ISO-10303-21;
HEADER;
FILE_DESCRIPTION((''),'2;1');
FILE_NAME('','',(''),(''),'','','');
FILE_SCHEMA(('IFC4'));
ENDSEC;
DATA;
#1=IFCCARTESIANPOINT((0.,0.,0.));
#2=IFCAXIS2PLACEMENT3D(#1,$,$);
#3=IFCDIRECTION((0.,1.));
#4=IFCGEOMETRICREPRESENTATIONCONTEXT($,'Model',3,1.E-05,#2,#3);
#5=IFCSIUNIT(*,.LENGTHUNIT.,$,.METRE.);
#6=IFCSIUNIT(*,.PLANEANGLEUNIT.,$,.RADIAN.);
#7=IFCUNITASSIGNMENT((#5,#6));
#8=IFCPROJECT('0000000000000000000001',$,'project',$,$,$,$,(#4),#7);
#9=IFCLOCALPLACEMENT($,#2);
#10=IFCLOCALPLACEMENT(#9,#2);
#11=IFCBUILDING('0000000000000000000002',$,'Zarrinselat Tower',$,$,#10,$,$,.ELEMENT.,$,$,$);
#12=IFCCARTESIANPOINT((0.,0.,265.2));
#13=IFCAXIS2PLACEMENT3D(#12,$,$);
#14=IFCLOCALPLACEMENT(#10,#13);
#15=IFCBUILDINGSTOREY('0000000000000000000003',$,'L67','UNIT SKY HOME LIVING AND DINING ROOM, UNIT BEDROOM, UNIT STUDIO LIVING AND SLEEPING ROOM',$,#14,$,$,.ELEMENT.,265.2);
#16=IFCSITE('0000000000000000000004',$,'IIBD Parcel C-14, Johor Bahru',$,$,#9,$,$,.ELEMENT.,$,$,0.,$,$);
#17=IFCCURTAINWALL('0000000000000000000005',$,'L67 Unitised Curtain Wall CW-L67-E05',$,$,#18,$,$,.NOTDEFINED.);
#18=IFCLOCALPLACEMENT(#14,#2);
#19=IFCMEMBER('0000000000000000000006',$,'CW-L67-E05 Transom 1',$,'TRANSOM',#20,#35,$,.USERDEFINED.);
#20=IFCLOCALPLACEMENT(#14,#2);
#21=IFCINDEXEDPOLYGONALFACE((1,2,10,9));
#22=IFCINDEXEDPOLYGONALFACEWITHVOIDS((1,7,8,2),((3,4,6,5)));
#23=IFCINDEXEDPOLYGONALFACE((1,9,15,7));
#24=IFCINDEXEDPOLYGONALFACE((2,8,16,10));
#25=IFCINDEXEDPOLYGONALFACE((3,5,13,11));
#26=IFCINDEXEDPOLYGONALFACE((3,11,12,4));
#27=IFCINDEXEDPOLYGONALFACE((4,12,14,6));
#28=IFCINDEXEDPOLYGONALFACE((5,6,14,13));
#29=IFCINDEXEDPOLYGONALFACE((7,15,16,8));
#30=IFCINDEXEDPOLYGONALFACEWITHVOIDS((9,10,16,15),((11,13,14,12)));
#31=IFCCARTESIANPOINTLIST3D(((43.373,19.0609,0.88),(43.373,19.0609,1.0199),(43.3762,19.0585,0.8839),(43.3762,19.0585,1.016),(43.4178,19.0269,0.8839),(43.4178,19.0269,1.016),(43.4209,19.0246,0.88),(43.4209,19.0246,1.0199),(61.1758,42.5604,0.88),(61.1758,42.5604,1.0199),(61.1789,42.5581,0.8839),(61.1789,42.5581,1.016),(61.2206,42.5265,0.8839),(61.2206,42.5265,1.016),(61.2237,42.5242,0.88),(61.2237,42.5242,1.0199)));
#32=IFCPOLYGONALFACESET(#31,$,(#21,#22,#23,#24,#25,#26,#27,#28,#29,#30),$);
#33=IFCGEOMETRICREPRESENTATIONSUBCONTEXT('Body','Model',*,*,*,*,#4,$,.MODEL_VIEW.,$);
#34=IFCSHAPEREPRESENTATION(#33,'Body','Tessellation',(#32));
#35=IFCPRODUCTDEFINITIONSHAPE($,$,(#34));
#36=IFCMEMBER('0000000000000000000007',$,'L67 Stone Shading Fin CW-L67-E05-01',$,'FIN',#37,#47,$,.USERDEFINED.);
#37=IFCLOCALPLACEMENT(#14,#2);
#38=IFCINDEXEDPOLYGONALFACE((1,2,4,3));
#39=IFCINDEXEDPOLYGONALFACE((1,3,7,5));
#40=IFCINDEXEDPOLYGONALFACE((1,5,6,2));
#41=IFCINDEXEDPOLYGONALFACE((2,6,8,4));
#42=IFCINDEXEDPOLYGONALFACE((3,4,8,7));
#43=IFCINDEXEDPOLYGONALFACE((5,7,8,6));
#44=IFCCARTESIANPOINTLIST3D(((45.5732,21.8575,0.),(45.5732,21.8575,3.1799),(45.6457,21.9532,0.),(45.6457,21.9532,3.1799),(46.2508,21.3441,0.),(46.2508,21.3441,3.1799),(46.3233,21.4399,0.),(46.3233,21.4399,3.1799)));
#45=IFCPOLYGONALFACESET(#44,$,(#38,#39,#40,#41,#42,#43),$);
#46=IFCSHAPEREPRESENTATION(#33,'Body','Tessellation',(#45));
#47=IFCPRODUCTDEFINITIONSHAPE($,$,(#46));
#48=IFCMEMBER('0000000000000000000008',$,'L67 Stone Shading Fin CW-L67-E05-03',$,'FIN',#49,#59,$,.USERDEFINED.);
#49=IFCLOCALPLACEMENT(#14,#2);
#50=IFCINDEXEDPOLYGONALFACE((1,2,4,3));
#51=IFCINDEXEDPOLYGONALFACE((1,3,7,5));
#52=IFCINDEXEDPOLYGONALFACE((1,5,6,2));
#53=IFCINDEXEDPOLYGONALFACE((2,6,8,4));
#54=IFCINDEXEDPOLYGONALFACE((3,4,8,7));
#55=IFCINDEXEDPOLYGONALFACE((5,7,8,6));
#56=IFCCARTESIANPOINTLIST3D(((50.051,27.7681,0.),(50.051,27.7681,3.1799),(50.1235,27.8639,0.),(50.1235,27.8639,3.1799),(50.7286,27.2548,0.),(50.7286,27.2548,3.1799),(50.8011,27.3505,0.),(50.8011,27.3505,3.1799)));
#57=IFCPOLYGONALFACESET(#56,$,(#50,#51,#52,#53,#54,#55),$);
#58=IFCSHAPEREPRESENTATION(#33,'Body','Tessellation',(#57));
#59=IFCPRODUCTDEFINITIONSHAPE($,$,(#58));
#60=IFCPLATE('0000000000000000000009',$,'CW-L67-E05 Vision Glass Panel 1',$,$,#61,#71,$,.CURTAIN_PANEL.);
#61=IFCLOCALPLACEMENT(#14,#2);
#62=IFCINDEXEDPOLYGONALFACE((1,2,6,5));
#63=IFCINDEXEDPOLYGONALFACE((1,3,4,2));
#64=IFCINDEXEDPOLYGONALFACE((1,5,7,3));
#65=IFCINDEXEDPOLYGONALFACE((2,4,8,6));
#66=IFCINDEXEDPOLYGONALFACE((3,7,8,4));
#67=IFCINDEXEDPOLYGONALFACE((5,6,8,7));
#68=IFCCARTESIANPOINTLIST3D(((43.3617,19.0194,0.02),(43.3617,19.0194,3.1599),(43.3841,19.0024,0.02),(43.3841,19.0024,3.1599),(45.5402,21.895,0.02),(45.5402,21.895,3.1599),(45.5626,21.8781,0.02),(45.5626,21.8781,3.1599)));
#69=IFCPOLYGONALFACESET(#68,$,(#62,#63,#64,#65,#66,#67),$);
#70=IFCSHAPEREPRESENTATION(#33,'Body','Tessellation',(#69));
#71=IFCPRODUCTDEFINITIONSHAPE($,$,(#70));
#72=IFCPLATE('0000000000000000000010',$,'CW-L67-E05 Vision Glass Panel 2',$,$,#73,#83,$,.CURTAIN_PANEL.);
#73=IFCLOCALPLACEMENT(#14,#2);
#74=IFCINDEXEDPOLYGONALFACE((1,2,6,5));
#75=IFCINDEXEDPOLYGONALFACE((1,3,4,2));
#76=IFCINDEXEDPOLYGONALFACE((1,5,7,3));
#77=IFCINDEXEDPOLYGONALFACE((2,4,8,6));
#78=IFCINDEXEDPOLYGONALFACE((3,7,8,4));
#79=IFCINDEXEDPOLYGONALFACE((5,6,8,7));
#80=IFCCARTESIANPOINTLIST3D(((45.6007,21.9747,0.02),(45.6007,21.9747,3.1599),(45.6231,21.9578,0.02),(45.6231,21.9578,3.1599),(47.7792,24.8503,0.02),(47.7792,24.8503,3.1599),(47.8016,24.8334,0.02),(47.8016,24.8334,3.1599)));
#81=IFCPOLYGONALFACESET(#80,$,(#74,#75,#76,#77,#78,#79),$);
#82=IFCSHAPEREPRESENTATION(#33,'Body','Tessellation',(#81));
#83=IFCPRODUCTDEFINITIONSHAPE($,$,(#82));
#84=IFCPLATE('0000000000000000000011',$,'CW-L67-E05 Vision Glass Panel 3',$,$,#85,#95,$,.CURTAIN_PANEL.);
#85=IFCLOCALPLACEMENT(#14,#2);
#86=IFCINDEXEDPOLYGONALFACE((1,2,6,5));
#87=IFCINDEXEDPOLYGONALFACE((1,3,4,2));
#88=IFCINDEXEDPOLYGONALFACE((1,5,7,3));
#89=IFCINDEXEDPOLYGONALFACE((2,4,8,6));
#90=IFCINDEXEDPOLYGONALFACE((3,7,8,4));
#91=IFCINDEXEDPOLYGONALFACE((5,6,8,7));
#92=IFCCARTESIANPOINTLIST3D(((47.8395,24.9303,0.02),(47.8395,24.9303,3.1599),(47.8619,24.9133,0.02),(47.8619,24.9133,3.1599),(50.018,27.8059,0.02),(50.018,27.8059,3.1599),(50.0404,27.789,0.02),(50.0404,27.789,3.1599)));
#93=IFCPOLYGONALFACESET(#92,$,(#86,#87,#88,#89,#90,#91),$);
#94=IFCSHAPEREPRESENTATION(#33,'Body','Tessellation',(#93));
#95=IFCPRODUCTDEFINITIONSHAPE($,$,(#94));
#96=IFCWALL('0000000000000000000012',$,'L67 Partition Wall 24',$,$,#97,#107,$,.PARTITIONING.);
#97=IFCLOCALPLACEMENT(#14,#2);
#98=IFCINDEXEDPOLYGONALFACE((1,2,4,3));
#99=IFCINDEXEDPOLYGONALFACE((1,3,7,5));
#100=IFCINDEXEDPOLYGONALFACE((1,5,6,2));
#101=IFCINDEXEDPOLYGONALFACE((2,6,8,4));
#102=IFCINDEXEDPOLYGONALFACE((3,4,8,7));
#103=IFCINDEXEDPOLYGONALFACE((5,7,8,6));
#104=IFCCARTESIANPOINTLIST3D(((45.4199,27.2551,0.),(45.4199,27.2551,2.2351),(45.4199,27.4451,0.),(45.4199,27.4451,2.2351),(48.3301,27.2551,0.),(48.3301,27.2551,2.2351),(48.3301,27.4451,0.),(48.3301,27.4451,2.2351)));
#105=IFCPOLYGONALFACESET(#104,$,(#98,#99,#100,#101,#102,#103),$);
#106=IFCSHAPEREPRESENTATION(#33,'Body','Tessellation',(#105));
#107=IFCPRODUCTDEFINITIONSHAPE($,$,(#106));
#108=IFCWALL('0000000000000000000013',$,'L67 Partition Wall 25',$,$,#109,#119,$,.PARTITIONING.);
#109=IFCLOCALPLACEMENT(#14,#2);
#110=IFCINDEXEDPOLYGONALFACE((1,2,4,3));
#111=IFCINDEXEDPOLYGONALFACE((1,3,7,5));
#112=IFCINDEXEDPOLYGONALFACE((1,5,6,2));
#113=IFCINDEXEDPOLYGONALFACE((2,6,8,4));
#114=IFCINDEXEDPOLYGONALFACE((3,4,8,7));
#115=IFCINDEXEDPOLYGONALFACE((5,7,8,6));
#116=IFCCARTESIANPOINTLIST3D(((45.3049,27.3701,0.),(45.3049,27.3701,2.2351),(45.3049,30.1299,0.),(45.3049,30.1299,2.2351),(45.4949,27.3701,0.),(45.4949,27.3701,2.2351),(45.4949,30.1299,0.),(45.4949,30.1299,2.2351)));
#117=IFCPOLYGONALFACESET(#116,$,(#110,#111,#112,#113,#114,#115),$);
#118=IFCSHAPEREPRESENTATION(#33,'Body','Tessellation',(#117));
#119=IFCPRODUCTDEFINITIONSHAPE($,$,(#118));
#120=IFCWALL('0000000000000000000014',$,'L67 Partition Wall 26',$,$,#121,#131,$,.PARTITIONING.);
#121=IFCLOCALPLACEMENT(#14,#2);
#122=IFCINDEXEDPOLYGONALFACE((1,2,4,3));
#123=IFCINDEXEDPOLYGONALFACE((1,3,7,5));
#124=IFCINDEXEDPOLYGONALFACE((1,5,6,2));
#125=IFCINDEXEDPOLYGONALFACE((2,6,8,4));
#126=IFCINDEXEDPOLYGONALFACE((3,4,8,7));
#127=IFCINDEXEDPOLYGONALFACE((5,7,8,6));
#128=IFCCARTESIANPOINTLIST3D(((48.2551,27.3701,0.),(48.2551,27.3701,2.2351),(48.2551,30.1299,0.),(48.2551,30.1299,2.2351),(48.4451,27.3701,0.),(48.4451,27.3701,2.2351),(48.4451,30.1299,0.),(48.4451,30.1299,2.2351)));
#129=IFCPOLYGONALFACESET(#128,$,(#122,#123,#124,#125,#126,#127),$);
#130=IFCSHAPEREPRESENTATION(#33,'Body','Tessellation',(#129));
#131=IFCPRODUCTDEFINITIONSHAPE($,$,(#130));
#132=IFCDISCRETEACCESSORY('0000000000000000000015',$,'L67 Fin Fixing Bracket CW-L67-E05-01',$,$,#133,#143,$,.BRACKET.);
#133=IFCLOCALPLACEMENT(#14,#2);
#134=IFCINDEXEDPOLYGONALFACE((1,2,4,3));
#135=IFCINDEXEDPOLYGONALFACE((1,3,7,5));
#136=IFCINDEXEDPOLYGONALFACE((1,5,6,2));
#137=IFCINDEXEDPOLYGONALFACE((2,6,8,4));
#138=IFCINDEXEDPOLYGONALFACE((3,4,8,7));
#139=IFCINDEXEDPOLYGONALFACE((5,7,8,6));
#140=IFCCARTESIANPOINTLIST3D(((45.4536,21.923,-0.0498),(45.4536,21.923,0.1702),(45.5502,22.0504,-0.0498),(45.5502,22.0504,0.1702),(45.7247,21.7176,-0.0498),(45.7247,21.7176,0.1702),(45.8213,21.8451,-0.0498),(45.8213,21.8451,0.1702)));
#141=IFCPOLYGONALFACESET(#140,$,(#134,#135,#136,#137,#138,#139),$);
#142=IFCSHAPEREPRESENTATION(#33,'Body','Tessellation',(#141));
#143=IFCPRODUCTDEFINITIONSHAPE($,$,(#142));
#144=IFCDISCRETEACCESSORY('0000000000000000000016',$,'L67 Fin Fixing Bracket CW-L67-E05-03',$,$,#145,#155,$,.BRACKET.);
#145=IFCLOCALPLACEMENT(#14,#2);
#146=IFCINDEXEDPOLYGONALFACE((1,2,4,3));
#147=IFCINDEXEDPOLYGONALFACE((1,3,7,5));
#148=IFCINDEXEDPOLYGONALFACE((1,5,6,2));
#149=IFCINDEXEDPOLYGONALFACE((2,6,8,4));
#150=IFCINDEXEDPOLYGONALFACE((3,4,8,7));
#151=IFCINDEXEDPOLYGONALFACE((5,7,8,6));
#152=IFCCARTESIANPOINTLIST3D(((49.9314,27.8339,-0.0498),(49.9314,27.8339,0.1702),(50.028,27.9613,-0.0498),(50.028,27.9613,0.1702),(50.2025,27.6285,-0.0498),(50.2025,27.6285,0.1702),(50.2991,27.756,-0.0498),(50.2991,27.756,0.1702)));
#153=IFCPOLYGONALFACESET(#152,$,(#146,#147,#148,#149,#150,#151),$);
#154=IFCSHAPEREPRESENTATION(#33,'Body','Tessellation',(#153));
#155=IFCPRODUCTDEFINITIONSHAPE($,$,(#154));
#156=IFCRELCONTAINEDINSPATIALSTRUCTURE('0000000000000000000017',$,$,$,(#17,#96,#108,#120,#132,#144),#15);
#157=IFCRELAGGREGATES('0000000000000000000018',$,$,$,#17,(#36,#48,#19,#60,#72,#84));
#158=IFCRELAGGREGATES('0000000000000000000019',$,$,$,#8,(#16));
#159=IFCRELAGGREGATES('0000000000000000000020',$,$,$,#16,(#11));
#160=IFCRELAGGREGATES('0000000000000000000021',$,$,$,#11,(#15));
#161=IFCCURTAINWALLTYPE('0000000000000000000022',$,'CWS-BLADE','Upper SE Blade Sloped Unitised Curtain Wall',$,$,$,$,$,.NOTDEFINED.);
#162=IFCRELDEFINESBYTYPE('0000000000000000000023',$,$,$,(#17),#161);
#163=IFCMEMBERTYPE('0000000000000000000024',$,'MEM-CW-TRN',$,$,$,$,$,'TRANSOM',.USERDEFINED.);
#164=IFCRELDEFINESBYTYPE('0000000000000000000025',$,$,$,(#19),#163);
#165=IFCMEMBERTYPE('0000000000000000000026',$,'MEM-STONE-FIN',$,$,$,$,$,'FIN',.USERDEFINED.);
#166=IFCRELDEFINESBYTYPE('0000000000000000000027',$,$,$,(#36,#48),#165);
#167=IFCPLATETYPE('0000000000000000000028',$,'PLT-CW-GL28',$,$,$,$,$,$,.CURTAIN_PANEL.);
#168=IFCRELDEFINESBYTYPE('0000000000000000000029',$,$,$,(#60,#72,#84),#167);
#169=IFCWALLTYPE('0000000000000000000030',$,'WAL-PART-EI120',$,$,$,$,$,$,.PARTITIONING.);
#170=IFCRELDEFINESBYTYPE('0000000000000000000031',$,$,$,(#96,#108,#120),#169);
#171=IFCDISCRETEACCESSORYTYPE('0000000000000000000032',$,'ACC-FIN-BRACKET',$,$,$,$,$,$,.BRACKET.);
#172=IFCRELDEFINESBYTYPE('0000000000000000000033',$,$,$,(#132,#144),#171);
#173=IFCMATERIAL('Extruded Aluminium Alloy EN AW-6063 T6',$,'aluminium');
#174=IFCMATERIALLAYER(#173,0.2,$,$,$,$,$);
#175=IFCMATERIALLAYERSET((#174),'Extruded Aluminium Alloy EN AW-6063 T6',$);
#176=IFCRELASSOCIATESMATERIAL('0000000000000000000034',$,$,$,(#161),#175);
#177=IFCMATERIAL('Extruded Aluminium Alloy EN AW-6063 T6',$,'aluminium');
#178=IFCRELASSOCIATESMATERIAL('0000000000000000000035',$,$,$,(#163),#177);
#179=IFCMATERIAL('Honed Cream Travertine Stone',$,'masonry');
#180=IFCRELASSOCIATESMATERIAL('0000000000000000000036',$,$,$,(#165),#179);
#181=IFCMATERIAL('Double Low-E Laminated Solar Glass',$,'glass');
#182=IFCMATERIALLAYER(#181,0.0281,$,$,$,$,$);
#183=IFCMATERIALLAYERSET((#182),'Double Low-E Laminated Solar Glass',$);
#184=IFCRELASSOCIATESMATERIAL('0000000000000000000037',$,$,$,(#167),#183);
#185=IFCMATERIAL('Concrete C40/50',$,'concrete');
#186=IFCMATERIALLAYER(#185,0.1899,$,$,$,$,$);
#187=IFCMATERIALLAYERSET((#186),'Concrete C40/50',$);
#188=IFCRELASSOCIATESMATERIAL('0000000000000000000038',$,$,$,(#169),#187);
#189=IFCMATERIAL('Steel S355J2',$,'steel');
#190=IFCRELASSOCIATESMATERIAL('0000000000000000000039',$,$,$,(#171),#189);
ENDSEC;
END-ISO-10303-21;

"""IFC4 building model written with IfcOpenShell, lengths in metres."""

from ifc_helpers import new_model, si_unit, direction, frame, frame_2d, origin, origin_2d, place, context, subcontext, project, spatial, rectangle, hollow_rectangle, extrude, material, layer, layer_set, material_profile, profile_set, type_object, element, aggregate, save


model = new_model("IFC4")

# Units and contexts
model_context = context("Model", 3, precision=1e-05, world=origin(), true_north=direction((0.0, 1.0)))
body_context = subcontext(model_context, "Body", "Model", "MODEL_VIEW")
ifc_project = project(units=[si_unit("LENGTHUNIT", "METRE"), si_unit("PLANEANGLEUNIT", "RADIAN")], contexts=[model_context])

# Site, building, storey
site_placement = place(None, origin())
site = spatial("IfcSite", under=ifc_project, at=site_placement, Name="IIBD Parcel C-14, Johor Bahru", CompositionType="ELEMENT", RefElevation=0.0)
building_placement = place(site_placement, origin())
building = spatial("IfcBuilding", under=site, at=building_placement, Name="Zarrinselat Tower", CompositionType="ELEMENT")
storey_placement = place(building_placement, frame((0.0, 0.0, 265.2)))
storey = spatial("IfcBuildingStorey", under=building, at=storey_placement, Name="L67", Description="UNIT SKY HOME LIVING AND DINING ROOM, UNIT BEDROOM, UNIT STUDIO LIVING AND SLEEPING ROOM", CompositionType="ELEMENT", Elevation=265.2)

# Curtain wall
ifc_material_1 = material(Name="Extruded Aluminium Alloy EN AW-6063 T6", Category="aluminium")
ifc_layer_1 = layer(ifc_material_1, 0.2)
ifc_layer_set_1 = layer_set([ifc_layer_1], Name="Extruded Aluminium Alloy EN AW-6063 T6")
curtain_wall_type_1 = type_object("IfcCurtainWallType", Name="CWS-BLADE", Description="Upper SE Blade Sloped Unitised Curtain Wall", PredefinedType="NOTDEFINED", material=ifc_layer_set_1)
curtain_wall_1_placement = place(storey_placement, origin())
curtain_wall_1 = element("IfcCurtainWall", 1, at=curtain_wall_1_placement, inside=storey, type_object=curtain_wall_type_1, Name="L67 Unitised Curtain Wall CW-L67-E05", PredefinedType="NOTDEFINED")

# Members
ifc_material_2 = material(Name="Extruded Aluminium Alloy EN AW-6063 T6", Category="aluminium")
ifc_material_profile_1 = material_profile(ifc_material_2, hollow_rectangle(XDim=0.0601, YDim=0.1399, WallThickness=0.0039, at=origin_2d()), Name="RHS 140x60x4")
ifc_profile_set_1 = profile_set([ifc_material_profile_1], Name="Extruded Aluminium Alloy EN AW-6063 T6")
member_type_1 = type_object("IfcMemberType", Name="MEM-CW-TRN", ElementType="TRANSOM", PredefinedType="USERDEFINED", material=ifc_profile_set_1)
member_1_placement = place(storey_placement, frame((43.397, 19.0427, 0.95), z_axis=(0.603859, 0.797091, 0.0), x_axis=(-0.797091, 0.603859, 0.0)))
member_1 = element("IfcMember", 2, at=member_1_placement, type_object=member_type_1, Name="CW-L67-E05 Transom 1", ObjectType="TRANSOM", PredefinedType="USERDEFINED", context=body_context, shape_type="SweptSolid", body=[
    extrude(hollow_rectangle(XDim=0.0601, YDim=0.1399, WallThickness=0.0039, at=origin_2d()), origin(), (0.0, 0.0, 1.0), 29.4817),
])
ifc_material_3 = material(Name="Honed Cream Travertine Stone", Category="masonry")
ifc_material_profile_2 = material_profile(ifc_material_3, rectangle(XDim=0.1201, YDim=0.8501, at=origin_2d()), Name="FIN 850x120")
ifc_profile_set_2 = profile_set([ifc_material_profile_2], Name="Honed Cream Travertine Stone")
member_type_2 = type_object("IfcMemberType", Name="MEM-STONE-FIN", ElementType="FIN", PredefinedType="USERDEFINED", material=ifc_profile_set_2)
member_2_placement = place(storey_placement, frame((45.9482, 21.6487, 0.0), z_axis=(0.0, 0.0, 1.0), x_axis=(-0.60386, -0.797091, 0.0)))
member_2 = element("IfcMember", 3, at=member_2_placement, type_object=member_type_2, Name="L67 Stone Shading Fin CW-L67-E05-01", ObjectType="FIN", PredefinedType="USERDEFINED", context=body_context, shape_type="SweptSolid", body=[
    extrude(rectangle(XDim=0.1201, YDim=0.8501, at=origin_2d()), origin(), (0.0, 0.0, 1.0), 3.1799),
])
member_3_placement = place(storey_placement, frame((50.426, 27.5593, 0.0), z_axis=(0.0, 0.0, 1.0), x_axis=(-0.60386, -0.797091, 0.0)))
member_3 = element("IfcMember", 4, at=member_3_placement, type_object=member_type_2, Name="L67 Stone Shading Fin CW-L67-E05-03", ObjectType="FIN", PredefinedType="USERDEFINED", context=body_context, shape_type="SweptSolid", body=[
    extrude(rectangle(XDim=0.1201, YDim=0.8501, at=origin_2d()), origin(), (0.0, 0.0, 1.0), 3.1799),
])

# Plates
ifc_material_4 = material(Name="Double Low-E Laminated Solar Glass", Category="glass")
ifc_layer_2 = layer(ifc_material_4, 0.0281)
ifc_layer_set_2 = layer_set([ifc_layer_2], Name="Double Low-E Laminated Solar Glass")
plate_type = type_object("IfcPlateType", Name="PLT-CW-GL28", PredefinedType="CURTAIN_PANEL", material=ifc_layer_set_2)
plate_1_placement = place(storey_placement, frame((44.4622, 20.4487, 0.02), z_axis=(0.0, 0.0, 1.0), x_axis=(0.60386, 0.797091, 0.0)))
plate_1 = element("IfcPlate", 5, at=plate_1_placement, type_object=plate_type, Name="CW-L67-E05 Vision Glass Panel 1", PredefinedType="CURTAIN_PANEL", context=body_context, shape_type="SweptSolid", body=[
    extrude(rectangle(XDim=3.6077, YDim=0.0281, at=origin_2d()), origin(), (0.0, 0.0, 1.0), 3.1399),
])
plate_2_placement = place(storey_placement, frame((46.7012, 23.4041, 0.02), z_axis=(0.0, 0.0, 1.0), x_axis=(0.60386, 0.797091, 0.0)))
plate_2 = element("IfcPlate", 6, at=plate_2_placement, type_object=plate_type, Name="CW-L67-E05 Vision Glass Panel 2", PredefinedType="CURTAIN_PANEL", context=body_context, shape_type="SweptSolid", body=[
    extrude(rectangle(XDim=3.6077, YDim=0.0281, at=origin_2d()), origin(), (0.0, 0.0, 1.0), 3.1399),
])
plate_3_placement = place(storey_placement, frame((48.9399, 26.3596, 0.02), z_axis=(0.0, 0.0, 1.0), x_axis=(0.60386, 0.797091, 0.0)))
plate_3 = element("IfcPlate", 7, at=plate_3_placement, type_object=plate_type, Name="CW-L67-E05 Vision Glass Panel 3", PredefinedType="CURTAIN_PANEL", context=body_context, shape_type="SweptSolid", body=[
    extrude(rectangle(XDim=3.6077, YDim=0.0281, at=origin_2d()), origin(), (0.0, 0.0, 1.0), 3.1399),
])
aggregate(curtain_wall_1, [member_2, member_3, member_1, plate_1, plate_2, plate_3])

# Walls
ifc_material_5 = material(Name="Concrete C40/50", Category="concrete")
ifc_layer_3 = layer(ifc_material_5, 0.1899)
ifc_layer_set_3 = layer_set([ifc_layer_3], Name="Concrete C40/50")
wall_type = type_object("IfcWallType", Name="WAL-PART-EI120", PredefinedType="PARTITIONING", material=ifc_layer_set_3)
wall_placement = place(storey_placement, frame((45.4199, 27.3501, 0.0), z_axis=(0.0, 0.0, 1.0), x_axis=(1.0, 0.0, 0.0)))
element("IfcWall", 8, at=wall_placement, inside=storey, type_object=wall_type, Name="L67 Partition Wall 24", PredefinedType="PARTITIONING", context=body_context, shape_type="SweptSolid", body=[
    extrude(rectangle(XDim=2.9102, YDim=0.1899, at=frame_2d((1.4551, 0.0))), origin(), (0.0, 0.0, 1.0), 2.2351),
])
for number, where, z_axis, x_axis, name in (
    (9, (45.3999, 27.3701, 0.0), (0.0, 0.0, 1.0), (0.0, 1.0, 0.0), "L67 Partition Wall 25"),
    (10, (48.3501, 27.3701, 0.0), (0.0, 0.0, 1.0), (0.0, 1.0, 0.0), "L67 Partition Wall 26"),
):
    element("IfcWall", number, at=place(storey_placement, frame(where, z_axis=z_axis, x_axis=x_axis)), inside=storey, type_object=wall_type, Name=name, PredefinedType="PARTITIONING", context=body_context, shape_type="SweptSolid", body=[
        extrude(rectangle(XDim=2.7598, YDim=0.1899, at=frame_2d((1.3799, 0.0))), origin(), (0.0, 0.0, 1.0), 2.2351),
    ])

# Discrete accessories
ifc_material_6 = material(Name="Steel S355J2", Category="steel")
discrete_accessory_type = type_object("IfcDiscreteAccessoryType", Name="ACC-FIN-BRACKET", PredefinedType="BRACKET", material=ifc_material_6)
for number, where, z_axis, x_axis, name in (
    (11, (45.6375, 21.884, -0.0498), (0.0, 0.0, 1.0), (0.797091, -0.60386, 0.0), "L67 Fin Fixing Bracket CW-L67-E05-01"),
    (12, (50.1152, 27.7949, -0.0498), (0.0, 0.0, 1.0), (0.797091, -0.60386, 0.0), "L67 Fin Fixing Bracket CW-L67-E05-03"),
):
    element("IfcDiscreteAccessory", number, at=place(storey_placement, frame(where, z_axis=z_axis, x_axis=x_axis)), inside=storey, type_object=discrete_accessory_type, Name=name, PredefinedType="BRACKET", context=body_context, shape_type="SweptSolid", body=[
        extrude(rectangle(XDim=0.3401, YDim=0.1599, at=origin_2d()), origin(), (0.0, 0.0, 1.0), 0.22),
    ])

save(model, "model.ifc")
